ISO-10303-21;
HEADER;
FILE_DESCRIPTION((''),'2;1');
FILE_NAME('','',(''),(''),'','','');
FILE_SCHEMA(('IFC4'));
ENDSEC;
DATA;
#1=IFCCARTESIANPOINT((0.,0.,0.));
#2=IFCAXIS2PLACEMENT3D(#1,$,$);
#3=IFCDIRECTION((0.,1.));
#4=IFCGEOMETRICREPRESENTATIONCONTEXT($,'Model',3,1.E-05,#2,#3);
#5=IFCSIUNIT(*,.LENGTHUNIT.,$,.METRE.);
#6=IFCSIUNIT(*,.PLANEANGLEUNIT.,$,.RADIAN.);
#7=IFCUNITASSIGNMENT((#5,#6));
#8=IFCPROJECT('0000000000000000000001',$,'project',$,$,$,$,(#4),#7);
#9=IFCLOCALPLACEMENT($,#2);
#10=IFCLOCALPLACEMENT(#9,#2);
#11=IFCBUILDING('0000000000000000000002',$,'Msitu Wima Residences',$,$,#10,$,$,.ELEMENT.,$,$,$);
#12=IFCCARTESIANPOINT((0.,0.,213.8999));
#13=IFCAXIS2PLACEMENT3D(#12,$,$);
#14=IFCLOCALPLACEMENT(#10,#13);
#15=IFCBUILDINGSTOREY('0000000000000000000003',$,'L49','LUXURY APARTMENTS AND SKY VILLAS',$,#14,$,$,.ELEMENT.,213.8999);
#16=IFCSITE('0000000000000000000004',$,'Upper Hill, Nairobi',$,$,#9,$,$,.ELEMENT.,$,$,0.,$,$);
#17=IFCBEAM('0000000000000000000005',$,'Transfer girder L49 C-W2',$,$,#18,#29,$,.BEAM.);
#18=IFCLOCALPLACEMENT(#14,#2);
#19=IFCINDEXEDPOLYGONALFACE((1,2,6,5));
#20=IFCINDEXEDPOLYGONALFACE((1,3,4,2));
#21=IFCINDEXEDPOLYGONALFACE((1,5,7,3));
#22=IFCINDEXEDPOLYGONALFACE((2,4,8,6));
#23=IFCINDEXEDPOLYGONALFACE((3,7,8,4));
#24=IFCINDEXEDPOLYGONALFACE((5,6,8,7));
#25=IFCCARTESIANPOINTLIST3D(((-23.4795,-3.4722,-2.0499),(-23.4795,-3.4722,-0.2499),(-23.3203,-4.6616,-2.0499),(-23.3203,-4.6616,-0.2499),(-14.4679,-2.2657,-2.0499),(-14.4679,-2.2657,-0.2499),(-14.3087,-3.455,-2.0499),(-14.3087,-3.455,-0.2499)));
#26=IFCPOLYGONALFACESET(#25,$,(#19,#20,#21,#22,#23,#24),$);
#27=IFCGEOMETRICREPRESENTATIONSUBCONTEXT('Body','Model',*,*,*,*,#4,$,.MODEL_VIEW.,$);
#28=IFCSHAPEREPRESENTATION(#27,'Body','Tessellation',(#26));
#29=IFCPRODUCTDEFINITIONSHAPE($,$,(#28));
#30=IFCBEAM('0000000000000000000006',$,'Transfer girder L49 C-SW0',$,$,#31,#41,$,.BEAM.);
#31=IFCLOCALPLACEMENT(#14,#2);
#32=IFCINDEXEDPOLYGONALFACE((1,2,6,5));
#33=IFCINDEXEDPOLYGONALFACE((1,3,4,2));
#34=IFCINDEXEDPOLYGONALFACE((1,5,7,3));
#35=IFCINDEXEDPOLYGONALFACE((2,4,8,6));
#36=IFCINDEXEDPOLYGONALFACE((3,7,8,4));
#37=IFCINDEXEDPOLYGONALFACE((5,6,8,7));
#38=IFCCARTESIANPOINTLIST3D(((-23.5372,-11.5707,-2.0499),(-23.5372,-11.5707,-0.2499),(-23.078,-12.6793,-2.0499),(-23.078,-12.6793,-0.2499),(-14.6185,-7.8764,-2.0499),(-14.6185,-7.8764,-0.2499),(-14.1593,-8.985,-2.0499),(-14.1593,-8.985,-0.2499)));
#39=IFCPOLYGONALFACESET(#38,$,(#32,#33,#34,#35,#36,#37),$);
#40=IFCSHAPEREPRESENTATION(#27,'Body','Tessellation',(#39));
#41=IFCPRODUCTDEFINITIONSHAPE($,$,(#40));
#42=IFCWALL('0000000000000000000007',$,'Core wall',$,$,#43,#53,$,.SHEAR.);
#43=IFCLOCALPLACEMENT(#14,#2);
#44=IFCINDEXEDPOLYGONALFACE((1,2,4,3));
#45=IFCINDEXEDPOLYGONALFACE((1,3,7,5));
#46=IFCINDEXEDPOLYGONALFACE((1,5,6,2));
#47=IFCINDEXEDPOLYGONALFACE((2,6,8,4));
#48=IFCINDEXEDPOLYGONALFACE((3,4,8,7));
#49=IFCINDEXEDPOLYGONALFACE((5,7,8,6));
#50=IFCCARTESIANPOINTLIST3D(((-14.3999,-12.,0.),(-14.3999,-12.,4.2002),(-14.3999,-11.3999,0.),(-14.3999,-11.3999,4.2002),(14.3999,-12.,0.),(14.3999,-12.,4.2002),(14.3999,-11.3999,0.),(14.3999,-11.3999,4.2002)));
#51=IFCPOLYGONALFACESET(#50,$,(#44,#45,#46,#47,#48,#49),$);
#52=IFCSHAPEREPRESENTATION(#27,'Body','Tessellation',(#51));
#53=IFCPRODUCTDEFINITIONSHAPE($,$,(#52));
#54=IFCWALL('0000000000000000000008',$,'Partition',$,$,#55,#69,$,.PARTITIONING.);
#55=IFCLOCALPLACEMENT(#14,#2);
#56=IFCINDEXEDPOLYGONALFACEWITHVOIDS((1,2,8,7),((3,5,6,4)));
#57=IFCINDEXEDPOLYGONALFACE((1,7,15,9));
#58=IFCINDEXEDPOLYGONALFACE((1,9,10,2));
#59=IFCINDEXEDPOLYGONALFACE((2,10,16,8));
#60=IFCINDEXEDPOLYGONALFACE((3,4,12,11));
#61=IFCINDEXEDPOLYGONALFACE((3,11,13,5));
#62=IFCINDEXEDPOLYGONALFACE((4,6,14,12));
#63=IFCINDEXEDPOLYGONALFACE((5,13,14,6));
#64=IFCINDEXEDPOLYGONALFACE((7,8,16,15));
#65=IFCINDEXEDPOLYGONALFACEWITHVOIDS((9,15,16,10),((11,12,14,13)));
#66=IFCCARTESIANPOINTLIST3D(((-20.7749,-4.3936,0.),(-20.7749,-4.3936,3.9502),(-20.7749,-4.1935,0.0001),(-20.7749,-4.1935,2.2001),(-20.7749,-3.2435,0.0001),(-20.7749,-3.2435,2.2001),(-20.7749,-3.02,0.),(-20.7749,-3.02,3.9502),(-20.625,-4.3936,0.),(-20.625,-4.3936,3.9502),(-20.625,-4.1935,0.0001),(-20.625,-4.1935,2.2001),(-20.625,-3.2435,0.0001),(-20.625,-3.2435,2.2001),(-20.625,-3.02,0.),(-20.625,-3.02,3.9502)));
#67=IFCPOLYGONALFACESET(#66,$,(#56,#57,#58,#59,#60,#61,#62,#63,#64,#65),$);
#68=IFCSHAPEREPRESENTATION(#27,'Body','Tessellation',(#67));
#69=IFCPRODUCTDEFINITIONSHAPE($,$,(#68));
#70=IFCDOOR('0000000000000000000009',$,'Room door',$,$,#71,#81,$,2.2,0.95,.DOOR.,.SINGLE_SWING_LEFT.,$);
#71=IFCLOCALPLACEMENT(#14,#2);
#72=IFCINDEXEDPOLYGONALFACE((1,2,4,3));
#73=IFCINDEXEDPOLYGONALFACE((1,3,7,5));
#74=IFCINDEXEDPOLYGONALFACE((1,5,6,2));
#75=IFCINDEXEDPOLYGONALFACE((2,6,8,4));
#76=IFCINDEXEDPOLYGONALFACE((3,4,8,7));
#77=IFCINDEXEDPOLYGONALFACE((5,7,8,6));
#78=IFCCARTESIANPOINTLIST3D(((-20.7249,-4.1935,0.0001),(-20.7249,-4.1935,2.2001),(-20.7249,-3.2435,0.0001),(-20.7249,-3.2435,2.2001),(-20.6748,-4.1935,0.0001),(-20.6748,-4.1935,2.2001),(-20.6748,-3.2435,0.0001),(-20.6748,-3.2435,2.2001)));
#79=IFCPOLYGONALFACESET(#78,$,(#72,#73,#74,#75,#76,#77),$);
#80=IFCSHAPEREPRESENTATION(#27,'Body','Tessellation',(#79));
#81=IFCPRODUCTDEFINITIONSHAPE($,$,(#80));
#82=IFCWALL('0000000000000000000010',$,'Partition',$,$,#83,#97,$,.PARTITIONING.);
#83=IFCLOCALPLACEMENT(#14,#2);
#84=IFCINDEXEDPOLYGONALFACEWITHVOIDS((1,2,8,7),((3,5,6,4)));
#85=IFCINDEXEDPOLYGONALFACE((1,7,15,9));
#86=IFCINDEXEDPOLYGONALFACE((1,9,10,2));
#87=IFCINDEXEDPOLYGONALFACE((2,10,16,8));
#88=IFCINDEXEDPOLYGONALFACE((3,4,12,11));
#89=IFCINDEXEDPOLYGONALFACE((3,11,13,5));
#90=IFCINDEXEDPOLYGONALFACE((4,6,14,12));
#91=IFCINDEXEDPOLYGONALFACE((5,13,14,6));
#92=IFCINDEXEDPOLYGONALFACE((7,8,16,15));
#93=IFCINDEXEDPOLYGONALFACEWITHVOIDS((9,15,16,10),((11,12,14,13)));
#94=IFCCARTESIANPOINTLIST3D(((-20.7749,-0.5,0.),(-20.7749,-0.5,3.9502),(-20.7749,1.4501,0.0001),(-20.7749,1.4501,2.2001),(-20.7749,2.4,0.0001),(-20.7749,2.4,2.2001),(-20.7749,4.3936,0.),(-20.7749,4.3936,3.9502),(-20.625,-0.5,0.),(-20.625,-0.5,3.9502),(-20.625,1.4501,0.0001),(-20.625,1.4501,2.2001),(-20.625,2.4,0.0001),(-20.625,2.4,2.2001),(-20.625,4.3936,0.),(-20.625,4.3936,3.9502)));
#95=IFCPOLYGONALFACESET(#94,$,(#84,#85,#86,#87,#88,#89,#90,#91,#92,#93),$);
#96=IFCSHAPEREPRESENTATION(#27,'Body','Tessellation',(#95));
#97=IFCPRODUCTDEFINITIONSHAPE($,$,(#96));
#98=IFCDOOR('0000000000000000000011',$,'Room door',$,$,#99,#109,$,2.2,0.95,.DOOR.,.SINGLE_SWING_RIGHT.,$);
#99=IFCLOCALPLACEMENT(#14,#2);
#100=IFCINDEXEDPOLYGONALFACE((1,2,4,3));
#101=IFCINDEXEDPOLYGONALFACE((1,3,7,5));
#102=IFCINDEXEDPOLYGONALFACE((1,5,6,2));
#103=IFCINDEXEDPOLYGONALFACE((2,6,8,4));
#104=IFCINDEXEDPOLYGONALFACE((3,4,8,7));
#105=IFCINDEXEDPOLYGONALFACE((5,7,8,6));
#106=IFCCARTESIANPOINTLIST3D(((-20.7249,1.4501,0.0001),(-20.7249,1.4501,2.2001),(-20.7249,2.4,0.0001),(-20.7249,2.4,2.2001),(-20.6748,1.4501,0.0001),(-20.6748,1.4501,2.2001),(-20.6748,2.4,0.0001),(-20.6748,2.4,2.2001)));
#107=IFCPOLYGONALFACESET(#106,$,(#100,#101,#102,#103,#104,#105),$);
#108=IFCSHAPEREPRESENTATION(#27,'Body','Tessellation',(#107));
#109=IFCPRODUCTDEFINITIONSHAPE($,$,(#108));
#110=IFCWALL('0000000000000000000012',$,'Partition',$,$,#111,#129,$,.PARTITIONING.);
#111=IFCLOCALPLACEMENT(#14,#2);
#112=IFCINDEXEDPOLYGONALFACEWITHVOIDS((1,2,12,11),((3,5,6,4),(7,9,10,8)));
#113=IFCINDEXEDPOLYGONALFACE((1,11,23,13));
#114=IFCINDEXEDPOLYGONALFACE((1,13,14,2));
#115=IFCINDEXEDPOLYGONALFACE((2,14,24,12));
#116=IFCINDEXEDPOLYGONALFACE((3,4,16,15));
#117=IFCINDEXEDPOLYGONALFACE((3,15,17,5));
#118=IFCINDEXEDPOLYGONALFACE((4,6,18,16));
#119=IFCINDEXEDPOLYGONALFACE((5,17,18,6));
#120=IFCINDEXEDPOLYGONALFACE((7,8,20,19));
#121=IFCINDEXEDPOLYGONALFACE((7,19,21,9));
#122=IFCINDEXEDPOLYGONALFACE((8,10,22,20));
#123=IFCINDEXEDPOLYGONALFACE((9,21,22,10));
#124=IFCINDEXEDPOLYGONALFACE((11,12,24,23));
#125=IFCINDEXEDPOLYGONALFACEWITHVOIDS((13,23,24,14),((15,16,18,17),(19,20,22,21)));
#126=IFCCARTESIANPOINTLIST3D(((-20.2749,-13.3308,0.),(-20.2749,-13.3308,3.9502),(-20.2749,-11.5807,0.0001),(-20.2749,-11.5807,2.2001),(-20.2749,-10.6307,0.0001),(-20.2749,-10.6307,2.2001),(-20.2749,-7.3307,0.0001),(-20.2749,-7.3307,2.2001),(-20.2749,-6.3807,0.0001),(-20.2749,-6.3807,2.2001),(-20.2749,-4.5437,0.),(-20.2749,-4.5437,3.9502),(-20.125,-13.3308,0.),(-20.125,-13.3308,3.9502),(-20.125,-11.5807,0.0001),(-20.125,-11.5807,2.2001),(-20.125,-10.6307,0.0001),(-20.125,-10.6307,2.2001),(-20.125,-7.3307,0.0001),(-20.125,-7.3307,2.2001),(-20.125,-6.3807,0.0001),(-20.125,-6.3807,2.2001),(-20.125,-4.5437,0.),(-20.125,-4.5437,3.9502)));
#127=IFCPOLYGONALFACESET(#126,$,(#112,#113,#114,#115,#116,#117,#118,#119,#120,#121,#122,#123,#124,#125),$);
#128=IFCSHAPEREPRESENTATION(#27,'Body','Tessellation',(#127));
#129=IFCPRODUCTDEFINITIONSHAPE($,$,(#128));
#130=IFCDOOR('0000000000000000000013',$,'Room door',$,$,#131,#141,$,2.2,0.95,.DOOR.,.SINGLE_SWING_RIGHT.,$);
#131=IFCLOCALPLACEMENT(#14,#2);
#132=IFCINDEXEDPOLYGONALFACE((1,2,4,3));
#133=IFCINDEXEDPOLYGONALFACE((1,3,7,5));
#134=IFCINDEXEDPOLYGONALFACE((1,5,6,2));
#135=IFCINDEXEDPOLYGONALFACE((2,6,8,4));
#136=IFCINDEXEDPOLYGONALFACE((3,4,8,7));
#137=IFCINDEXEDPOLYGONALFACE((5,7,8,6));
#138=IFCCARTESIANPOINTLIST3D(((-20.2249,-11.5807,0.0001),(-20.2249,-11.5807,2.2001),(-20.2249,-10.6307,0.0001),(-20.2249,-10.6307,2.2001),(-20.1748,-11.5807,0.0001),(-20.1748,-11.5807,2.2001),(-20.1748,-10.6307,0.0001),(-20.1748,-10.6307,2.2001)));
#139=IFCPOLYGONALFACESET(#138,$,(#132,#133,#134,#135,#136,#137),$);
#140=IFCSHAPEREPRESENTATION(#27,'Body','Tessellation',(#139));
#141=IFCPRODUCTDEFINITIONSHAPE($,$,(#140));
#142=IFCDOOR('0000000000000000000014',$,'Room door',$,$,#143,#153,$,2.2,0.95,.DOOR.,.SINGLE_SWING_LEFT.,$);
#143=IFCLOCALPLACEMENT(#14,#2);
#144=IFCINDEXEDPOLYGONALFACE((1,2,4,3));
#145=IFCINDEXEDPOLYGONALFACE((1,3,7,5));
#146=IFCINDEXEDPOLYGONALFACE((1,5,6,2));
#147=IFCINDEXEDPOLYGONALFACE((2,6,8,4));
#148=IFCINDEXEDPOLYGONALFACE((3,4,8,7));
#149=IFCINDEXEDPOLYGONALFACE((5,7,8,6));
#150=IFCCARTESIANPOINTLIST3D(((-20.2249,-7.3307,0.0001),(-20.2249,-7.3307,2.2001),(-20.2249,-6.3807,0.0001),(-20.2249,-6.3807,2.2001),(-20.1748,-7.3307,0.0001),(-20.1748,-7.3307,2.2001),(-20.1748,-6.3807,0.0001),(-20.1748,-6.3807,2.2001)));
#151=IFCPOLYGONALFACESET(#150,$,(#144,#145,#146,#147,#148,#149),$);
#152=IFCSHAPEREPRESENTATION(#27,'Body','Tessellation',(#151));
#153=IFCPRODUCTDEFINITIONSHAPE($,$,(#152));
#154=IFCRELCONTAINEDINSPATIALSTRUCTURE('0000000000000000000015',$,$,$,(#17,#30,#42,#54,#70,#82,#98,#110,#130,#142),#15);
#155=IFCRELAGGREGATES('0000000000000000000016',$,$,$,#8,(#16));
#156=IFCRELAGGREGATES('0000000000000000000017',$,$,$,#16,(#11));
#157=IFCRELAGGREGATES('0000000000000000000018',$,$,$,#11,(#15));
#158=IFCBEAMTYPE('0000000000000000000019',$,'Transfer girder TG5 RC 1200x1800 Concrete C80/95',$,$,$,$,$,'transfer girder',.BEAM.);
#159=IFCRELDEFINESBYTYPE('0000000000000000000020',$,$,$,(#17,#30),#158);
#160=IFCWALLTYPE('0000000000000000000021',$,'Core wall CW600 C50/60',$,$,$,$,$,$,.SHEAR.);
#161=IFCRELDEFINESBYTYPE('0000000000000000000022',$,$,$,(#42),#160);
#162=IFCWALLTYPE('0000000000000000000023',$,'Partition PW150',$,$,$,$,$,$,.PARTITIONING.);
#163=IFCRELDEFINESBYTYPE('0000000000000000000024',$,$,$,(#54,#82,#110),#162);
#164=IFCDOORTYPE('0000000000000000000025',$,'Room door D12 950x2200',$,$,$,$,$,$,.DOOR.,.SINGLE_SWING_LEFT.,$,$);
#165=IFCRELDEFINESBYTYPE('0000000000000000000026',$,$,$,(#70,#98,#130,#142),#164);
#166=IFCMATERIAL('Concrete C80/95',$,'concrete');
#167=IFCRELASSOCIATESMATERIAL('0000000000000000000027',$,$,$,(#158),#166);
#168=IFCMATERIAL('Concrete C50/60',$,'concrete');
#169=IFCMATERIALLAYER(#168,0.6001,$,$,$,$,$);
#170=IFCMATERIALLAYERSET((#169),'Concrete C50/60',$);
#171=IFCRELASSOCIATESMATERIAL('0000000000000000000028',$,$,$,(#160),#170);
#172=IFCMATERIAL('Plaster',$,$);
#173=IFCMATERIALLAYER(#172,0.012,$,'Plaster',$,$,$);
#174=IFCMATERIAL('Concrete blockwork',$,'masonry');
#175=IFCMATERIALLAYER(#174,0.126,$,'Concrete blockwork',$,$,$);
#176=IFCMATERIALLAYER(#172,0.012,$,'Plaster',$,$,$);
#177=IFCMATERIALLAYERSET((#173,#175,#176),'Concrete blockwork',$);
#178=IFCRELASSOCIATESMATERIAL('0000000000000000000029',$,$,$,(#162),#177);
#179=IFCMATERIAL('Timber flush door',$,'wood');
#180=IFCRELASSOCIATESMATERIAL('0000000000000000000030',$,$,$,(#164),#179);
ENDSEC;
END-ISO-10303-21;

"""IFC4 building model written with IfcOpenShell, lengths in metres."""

from ifc_helpers import new_model, si_unit, direction, frame, frame_2d, origin, origin_2d, place, context, subcontext, project, spatial, rectangle, extrude, material, layer, layer_set, material_profile, profile_set, type_object, element, fill, save


model = new_model("IFC4")

# Units and contexts
model_context = context("Model", 3, precision=1e-05, world=origin(), true_north=direction((0.0, 1.0)))
body_context = subcontext(model_context, "Body", "Model", "MODEL_VIEW")
ifc_project = project(units=[si_unit("LENGTHUNIT", "METRE"), si_unit("PLANEANGLEUNIT", "RADIAN")], contexts=[model_context])

# Site, building, storey
site_placement = place(None, origin())
site = spatial("IfcSite", under=ifc_project, at=site_placement, Name="Upper Hill, Nairobi", CompositionType="ELEMENT", RefElevation=0.0)
building_placement = place(site_placement, origin())
building = spatial("IfcBuilding", under=site, at=building_placement, Name="Msitu Wima Residences", CompositionType="ELEMENT")
storey_placement = place(building_placement, frame((0.0, 0.0, 213.8999)))
storey = spatial("IfcBuildingStorey", under=building, at=storey_placement, Name="L49", Description="LUXURY APARTMENTS AND SKY VILLAS", CompositionType="ELEMENT", Elevation=213.8999)

# Beams
ifc_material_1 = material(Name="Concrete C80/95", Category="concrete")
ifc_material_profile = material_profile(ifc_material_1, rectangle(XDim=1.2, YDim=1.8, at=origin_2d()), Name="RC 1200x1800")
ifc_profile_set = profile_set([ifc_material_profile], Name="Concrete C80/95")
beam_type = type_object("IfcBeamType", Name="Transfer girder TG5 RC 1200x1800 Concrete C80/95", ElementType="transfer girder", PredefinedType="BEAM", material=ifc_profile_set)
beam_1_placement = place(storey_placement, frame((-23.3999, -4.0669, -1.1499), z_axis=(0.991156, 0.132702, 0.0), x_axis=(-0.132702, 0.991156, 0.0)))
element("IfcBeam", 1, at=beam_1_placement, inside=storey, type_object=beam_type, Name="Transfer girder L49 C-W2", PredefinedType="BEAM", context=body_context, shape_type="SweptSolid", body=[
    extrude(rectangle(XDim=1.2, YDim=1.8, at=origin_2d()), origin(), (0.0, 0.0, 1.0), 9.092),
])
beam_2_placement = place(storey_placement, frame((-23.3076, -12.125, -1.1499), z_axis=(0.923876, 0.382691, 0.0), x_axis=(-0.382691, 0.923876, 0.0)))
element("IfcBeam", 2, at=beam_2_placement, inside=storey, type_object=beam_type, Name="Transfer girder L49 C-SW0", PredefinedType="BEAM", context=body_context, shape_type="SweptSolid", body=[
    extrude(rectangle(XDim=1.2, YDim=1.8, at=origin_2d()), origin(), (0.0, 0.0, 1.0), 9.6536),
])

# Wall
ifc_material_2 = material(Name="Concrete C50/60", Category="concrete")
ifc_layer_1 = layer(ifc_material_2, 0.6001)
ifc_layer_set_1 = layer_set([ifc_layer_1], Name="Concrete C50/60")
wall_type_1 = type_object("IfcWallType", Name="Core wall CW600 C50/60", PredefinedType="SHEAR", material=ifc_layer_set_1)
wall_1_placement = place(storey_placement, frame((-14.3999, -11.7, 0.0), z_axis=(0.0, 0.0, 1.0), x_axis=(1.0, 0.0, 0.0)))
element("IfcWall", 3, at=wall_1_placement, inside=storey, type_object=wall_type_1, Name="Core wall", PredefinedType="SHEAR", context=body_context, shape_type="SweptSolid", body=[
    extrude(rectangle(XDim=28.7998, YDim=0.6001, at=frame_2d((14.3999, 0.0))), origin(), (0.0, 0.0, 1.0), 4.2002),
])

# Walls, openings, doors
ifc_material_3 = material(Name="Plaster")
ifc_layer_2 = layer(ifc_material_3, 0.012, Name="Plaster")
ifc_material_4 = material(Name="Concrete blockwork", Category="masonry")
ifc_layer_3 = layer(ifc_material_4, 0.126, Name="Concrete blockwork")
ifc_layer_4 = layer(ifc_material_3, 0.012, Name="Plaster")
ifc_layer_set_2 = layer_set([ifc_layer_2, ifc_layer_3, ifc_layer_4], Name="Concrete blockwork")
wall_type_2 = type_object("IfcWallType", Name="Partition PW150", PredefinedType="PARTITIONING", material=ifc_layer_set_2)
wall_2_placement = place(storey_placement, frame((-20.7, -4.3936, 0.0), z_axis=(0.0, 0.0, 1.0), x_axis=(0.0, 1.0, 0.0)))
wall_2 = element("IfcWall", 4, at=wall_2_placement, inside=storey, type_object=wall_type_2, Name="Partition", PredefinedType="PARTITIONING", context=body_context, shape_type="SweptSolid", body=[
    extrude(rectangle(XDim=1.3735, YDim=0.1499, at=frame_2d((0.6868, 0.0))), origin(), (0.0, 0.0, 1.0), 3.9502),
])
opening_1_placement = place(wall_2_placement, frame((0.2, 0.0, 0.0)))
opening_1 = element("IfcOpeningElement", 5, at=opening_1_placement, cuts=wall_2, PredefinedType="OPENING", context=body_context, shape_type="SweptSolid", body=[
    extrude(rectangle(XDim=0.95, YDim=2.2, at=frame_2d((0.4751, 1.1001))), frame((0.0, 0.085, 0.0), z_axis=(0.0, -1.0, 0.0), x_axis=(1.0, 0.0, 0.0)), (0.0, 0.0, 1.0), 0.1699),
])
ifc_material_5 = material(Name="Timber flush door", Category="wood")
door_type_1 = type_object("IfcDoorType", Name="Room door D12 950x2200", OperationType="SINGLE_SWING_LEFT", PredefinedType="DOOR", material=ifc_material_5)
door_1_placement = place(opening_1_placement, origin())
door_1 = element("IfcDoor", 6, at=door_1_placement, inside=storey, type_object=door_type_1, Name="Room door", OperationType="SINGLE_SWING_LEFT", OverallHeight=2.2, OverallWidth=0.95, PredefinedType="DOOR", context=body_context, shape_type="SweptSolid", body=[
    extrude(rectangle(XDim=0.95, YDim=2.2, at=frame_2d((0.4751, 1.1001))), frame((0.0, 0.0249, 0.0), z_axis=(0.0, -1.0, 0.0), x_axis=(1.0, 0.0, 0.0)), (0.0, 0.0, 1.0), 0.05),
])
fill(opening_1, door_1)
wall_3_placement = place(storey_placement, frame((-20.7, -0.5, 0.0), z_axis=(0.0, 0.0, 1.0), x_axis=(0.0, 1.0, 0.0)))
wall_3 = element("IfcWall", 7, at=wall_3_placement, inside=storey, type_object=wall_type_2, Name="Partition", PredefinedType="PARTITIONING", context=body_context, shape_type="SweptSolid", body=[
    extrude(rectangle(XDim=4.8936, YDim=0.1499, at=frame_2d((2.4468, 0.0))), origin(), (0.0, 0.0, 1.0), 3.9502),
])
opening_2_placement = place(wall_3_placement, frame((1.95, 0.0, 0.0)))
opening_2 = element("IfcOpeningElement", 8, at=opening_2_placement, cuts=wall_3, PredefinedType="OPENING", context=body_context, shape_type="SweptSolid", body=[
    extrude(rectangle(XDim=0.95, YDim=2.2, at=frame_2d((0.4751, 1.1001))), frame((0.0, 0.085, 0.0), z_axis=(0.0, -1.0, 0.0), x_axis=(1.0, 0.0, 0.0)), (0.0, 0.0, 1.0), 0.1699),
])
door_2_placement = place(opening_2_placement, origin())
door_2 = element("IfcDoor", 9, at=door_2_placement, inside=storey, type_object=door_type_1, Name="Room door", OperationType="SINGLE_SWING_RIGHT", OverallHeight=2.2, OverallWidth=0.95, PredefinedType="DOOR", context=body_context, shape_type="SweptSolid", body=[
    extrude(rectangle(XDim=0.95, YDim=2.2, at=frame_2d((0.4751, 1.1001))), frame((0.0, 0.0249, 0.0), z_axis=(0.0, -1.0, 0.0), x_axis=(1.0, 0.0, 0.0)), (0.0, 0.0, 1.0), 0.05),
])
fill(opening_2, door_2)

# Wall, openings, doors
wall_4_placement = place(storey_placement, frame((-20.2, -13.3308, 0.0), z_axis=(0.0, 0.0, 1.0), x_axis=(0.0, 1.0, 0.0)))
wall_4 = element("IfcWall", 10, at=wall_4_placement, inside=storey, type_object=wall_type_2, Name="Partition", PredefinedType="PARTITIONING", context=body_context, shape_type="SweptSolid", body=[
    extrude(rectangle(XDim=8.7871, YDim=0.1499, at=frame_2d((4.3936, 0.0))), origin(), (0.0, 0.0, 1.0), 3.9502),
])
opening_3_placement = place(wall_4_placement, frame((1.75, 0.0, 0.0)))
opening_3 = element("IfcOpeningElement", 11, at=opening_3_placement, cuts=wall_4, PredefinedType="OPENING", context=body_context, shape_type="SweptSolid", body=[
    extrude(rectangle(XDim=0.95, YDim=2.2, at=frame_2d((0.4751, 1.1001))), frame((0.0, 0.085, 0.0), z_axis=(0.0, -1.0, 0.0), x_axis=(1.0, 0.0, 0.0)), (0.0, 0.0, 1.0), 0.1699),
])
opening_4_placement = place(wall_4_placement, frame((6.0, 0.0, 0.0)))
opening_4 = element("IfcOpeningElement", 12, at=opening_4_placement, cuts=wall_4, PredefinedType="OPENING", context=body_context, shape_type="SweptSolid", body=[
    extrude(rectangle(XDim=0.95, YDim=2.2, at=frame_2d((0.4751, 1.1001))), frame((0.0, 0.085, 0.0), z_axis=(0.0, -1.0, 0.0), x_axis=(1.0, 0.0, 0.0)), (0.0, 0.0, 1.0), 0.1699),
])
door_3_placement = place(opening_3_placement, origin())
door_3 = element("IfcDoor", 13, at=door_3_placement, inside=storey, type_object=door_type_1, Name="Room door", OperationType="SINGLE_SWING_RIGHT", OverallHeight=2.2, OverallWidth=0.95, PredefinedType="DOOR", context=body_context, shape_type="SweptSolid", body=[
    extrude(rectangle(XDim=0.95, YDim=2.2, at=frame_2d((0.4751, 1.1001))), frame((0.0, 0.0249, 0.0), z_axis=(0.0, -1.0, 0.0), x_axis=(1.0, 0.0, 0.0)), (0.0, 0.0, 1.0), 0.05),
])
fill(opening_3, door_3)
door_4_placement = place(opening_4_placement, origin())
door_4 = element("IfcDoor", 14, at=door_4_placement, inside=storey, type_object=door_type_1, Name="Room door", OperationType="SINGLE_SWING_LEFT", OverallHeight=2.2, OverallWidth=0.95, PredefinedType="DOOR", context=body_context, shape_type="SweptSolid", body=[
    extrude(rectangle(XDim=0.95, YDim=2.2, at=frame_2d((0.4751, 1.1001))), frame((0.0, 0.0249, 0.0), z_axis=(0.0, -1.0, 0.0), x_axis=(1.0, 0.0, 0.0)), (0.0, 0.0, 1.0), 0.05),
])
fill(opening_4, door_4)

save(model, "model.ifc")
